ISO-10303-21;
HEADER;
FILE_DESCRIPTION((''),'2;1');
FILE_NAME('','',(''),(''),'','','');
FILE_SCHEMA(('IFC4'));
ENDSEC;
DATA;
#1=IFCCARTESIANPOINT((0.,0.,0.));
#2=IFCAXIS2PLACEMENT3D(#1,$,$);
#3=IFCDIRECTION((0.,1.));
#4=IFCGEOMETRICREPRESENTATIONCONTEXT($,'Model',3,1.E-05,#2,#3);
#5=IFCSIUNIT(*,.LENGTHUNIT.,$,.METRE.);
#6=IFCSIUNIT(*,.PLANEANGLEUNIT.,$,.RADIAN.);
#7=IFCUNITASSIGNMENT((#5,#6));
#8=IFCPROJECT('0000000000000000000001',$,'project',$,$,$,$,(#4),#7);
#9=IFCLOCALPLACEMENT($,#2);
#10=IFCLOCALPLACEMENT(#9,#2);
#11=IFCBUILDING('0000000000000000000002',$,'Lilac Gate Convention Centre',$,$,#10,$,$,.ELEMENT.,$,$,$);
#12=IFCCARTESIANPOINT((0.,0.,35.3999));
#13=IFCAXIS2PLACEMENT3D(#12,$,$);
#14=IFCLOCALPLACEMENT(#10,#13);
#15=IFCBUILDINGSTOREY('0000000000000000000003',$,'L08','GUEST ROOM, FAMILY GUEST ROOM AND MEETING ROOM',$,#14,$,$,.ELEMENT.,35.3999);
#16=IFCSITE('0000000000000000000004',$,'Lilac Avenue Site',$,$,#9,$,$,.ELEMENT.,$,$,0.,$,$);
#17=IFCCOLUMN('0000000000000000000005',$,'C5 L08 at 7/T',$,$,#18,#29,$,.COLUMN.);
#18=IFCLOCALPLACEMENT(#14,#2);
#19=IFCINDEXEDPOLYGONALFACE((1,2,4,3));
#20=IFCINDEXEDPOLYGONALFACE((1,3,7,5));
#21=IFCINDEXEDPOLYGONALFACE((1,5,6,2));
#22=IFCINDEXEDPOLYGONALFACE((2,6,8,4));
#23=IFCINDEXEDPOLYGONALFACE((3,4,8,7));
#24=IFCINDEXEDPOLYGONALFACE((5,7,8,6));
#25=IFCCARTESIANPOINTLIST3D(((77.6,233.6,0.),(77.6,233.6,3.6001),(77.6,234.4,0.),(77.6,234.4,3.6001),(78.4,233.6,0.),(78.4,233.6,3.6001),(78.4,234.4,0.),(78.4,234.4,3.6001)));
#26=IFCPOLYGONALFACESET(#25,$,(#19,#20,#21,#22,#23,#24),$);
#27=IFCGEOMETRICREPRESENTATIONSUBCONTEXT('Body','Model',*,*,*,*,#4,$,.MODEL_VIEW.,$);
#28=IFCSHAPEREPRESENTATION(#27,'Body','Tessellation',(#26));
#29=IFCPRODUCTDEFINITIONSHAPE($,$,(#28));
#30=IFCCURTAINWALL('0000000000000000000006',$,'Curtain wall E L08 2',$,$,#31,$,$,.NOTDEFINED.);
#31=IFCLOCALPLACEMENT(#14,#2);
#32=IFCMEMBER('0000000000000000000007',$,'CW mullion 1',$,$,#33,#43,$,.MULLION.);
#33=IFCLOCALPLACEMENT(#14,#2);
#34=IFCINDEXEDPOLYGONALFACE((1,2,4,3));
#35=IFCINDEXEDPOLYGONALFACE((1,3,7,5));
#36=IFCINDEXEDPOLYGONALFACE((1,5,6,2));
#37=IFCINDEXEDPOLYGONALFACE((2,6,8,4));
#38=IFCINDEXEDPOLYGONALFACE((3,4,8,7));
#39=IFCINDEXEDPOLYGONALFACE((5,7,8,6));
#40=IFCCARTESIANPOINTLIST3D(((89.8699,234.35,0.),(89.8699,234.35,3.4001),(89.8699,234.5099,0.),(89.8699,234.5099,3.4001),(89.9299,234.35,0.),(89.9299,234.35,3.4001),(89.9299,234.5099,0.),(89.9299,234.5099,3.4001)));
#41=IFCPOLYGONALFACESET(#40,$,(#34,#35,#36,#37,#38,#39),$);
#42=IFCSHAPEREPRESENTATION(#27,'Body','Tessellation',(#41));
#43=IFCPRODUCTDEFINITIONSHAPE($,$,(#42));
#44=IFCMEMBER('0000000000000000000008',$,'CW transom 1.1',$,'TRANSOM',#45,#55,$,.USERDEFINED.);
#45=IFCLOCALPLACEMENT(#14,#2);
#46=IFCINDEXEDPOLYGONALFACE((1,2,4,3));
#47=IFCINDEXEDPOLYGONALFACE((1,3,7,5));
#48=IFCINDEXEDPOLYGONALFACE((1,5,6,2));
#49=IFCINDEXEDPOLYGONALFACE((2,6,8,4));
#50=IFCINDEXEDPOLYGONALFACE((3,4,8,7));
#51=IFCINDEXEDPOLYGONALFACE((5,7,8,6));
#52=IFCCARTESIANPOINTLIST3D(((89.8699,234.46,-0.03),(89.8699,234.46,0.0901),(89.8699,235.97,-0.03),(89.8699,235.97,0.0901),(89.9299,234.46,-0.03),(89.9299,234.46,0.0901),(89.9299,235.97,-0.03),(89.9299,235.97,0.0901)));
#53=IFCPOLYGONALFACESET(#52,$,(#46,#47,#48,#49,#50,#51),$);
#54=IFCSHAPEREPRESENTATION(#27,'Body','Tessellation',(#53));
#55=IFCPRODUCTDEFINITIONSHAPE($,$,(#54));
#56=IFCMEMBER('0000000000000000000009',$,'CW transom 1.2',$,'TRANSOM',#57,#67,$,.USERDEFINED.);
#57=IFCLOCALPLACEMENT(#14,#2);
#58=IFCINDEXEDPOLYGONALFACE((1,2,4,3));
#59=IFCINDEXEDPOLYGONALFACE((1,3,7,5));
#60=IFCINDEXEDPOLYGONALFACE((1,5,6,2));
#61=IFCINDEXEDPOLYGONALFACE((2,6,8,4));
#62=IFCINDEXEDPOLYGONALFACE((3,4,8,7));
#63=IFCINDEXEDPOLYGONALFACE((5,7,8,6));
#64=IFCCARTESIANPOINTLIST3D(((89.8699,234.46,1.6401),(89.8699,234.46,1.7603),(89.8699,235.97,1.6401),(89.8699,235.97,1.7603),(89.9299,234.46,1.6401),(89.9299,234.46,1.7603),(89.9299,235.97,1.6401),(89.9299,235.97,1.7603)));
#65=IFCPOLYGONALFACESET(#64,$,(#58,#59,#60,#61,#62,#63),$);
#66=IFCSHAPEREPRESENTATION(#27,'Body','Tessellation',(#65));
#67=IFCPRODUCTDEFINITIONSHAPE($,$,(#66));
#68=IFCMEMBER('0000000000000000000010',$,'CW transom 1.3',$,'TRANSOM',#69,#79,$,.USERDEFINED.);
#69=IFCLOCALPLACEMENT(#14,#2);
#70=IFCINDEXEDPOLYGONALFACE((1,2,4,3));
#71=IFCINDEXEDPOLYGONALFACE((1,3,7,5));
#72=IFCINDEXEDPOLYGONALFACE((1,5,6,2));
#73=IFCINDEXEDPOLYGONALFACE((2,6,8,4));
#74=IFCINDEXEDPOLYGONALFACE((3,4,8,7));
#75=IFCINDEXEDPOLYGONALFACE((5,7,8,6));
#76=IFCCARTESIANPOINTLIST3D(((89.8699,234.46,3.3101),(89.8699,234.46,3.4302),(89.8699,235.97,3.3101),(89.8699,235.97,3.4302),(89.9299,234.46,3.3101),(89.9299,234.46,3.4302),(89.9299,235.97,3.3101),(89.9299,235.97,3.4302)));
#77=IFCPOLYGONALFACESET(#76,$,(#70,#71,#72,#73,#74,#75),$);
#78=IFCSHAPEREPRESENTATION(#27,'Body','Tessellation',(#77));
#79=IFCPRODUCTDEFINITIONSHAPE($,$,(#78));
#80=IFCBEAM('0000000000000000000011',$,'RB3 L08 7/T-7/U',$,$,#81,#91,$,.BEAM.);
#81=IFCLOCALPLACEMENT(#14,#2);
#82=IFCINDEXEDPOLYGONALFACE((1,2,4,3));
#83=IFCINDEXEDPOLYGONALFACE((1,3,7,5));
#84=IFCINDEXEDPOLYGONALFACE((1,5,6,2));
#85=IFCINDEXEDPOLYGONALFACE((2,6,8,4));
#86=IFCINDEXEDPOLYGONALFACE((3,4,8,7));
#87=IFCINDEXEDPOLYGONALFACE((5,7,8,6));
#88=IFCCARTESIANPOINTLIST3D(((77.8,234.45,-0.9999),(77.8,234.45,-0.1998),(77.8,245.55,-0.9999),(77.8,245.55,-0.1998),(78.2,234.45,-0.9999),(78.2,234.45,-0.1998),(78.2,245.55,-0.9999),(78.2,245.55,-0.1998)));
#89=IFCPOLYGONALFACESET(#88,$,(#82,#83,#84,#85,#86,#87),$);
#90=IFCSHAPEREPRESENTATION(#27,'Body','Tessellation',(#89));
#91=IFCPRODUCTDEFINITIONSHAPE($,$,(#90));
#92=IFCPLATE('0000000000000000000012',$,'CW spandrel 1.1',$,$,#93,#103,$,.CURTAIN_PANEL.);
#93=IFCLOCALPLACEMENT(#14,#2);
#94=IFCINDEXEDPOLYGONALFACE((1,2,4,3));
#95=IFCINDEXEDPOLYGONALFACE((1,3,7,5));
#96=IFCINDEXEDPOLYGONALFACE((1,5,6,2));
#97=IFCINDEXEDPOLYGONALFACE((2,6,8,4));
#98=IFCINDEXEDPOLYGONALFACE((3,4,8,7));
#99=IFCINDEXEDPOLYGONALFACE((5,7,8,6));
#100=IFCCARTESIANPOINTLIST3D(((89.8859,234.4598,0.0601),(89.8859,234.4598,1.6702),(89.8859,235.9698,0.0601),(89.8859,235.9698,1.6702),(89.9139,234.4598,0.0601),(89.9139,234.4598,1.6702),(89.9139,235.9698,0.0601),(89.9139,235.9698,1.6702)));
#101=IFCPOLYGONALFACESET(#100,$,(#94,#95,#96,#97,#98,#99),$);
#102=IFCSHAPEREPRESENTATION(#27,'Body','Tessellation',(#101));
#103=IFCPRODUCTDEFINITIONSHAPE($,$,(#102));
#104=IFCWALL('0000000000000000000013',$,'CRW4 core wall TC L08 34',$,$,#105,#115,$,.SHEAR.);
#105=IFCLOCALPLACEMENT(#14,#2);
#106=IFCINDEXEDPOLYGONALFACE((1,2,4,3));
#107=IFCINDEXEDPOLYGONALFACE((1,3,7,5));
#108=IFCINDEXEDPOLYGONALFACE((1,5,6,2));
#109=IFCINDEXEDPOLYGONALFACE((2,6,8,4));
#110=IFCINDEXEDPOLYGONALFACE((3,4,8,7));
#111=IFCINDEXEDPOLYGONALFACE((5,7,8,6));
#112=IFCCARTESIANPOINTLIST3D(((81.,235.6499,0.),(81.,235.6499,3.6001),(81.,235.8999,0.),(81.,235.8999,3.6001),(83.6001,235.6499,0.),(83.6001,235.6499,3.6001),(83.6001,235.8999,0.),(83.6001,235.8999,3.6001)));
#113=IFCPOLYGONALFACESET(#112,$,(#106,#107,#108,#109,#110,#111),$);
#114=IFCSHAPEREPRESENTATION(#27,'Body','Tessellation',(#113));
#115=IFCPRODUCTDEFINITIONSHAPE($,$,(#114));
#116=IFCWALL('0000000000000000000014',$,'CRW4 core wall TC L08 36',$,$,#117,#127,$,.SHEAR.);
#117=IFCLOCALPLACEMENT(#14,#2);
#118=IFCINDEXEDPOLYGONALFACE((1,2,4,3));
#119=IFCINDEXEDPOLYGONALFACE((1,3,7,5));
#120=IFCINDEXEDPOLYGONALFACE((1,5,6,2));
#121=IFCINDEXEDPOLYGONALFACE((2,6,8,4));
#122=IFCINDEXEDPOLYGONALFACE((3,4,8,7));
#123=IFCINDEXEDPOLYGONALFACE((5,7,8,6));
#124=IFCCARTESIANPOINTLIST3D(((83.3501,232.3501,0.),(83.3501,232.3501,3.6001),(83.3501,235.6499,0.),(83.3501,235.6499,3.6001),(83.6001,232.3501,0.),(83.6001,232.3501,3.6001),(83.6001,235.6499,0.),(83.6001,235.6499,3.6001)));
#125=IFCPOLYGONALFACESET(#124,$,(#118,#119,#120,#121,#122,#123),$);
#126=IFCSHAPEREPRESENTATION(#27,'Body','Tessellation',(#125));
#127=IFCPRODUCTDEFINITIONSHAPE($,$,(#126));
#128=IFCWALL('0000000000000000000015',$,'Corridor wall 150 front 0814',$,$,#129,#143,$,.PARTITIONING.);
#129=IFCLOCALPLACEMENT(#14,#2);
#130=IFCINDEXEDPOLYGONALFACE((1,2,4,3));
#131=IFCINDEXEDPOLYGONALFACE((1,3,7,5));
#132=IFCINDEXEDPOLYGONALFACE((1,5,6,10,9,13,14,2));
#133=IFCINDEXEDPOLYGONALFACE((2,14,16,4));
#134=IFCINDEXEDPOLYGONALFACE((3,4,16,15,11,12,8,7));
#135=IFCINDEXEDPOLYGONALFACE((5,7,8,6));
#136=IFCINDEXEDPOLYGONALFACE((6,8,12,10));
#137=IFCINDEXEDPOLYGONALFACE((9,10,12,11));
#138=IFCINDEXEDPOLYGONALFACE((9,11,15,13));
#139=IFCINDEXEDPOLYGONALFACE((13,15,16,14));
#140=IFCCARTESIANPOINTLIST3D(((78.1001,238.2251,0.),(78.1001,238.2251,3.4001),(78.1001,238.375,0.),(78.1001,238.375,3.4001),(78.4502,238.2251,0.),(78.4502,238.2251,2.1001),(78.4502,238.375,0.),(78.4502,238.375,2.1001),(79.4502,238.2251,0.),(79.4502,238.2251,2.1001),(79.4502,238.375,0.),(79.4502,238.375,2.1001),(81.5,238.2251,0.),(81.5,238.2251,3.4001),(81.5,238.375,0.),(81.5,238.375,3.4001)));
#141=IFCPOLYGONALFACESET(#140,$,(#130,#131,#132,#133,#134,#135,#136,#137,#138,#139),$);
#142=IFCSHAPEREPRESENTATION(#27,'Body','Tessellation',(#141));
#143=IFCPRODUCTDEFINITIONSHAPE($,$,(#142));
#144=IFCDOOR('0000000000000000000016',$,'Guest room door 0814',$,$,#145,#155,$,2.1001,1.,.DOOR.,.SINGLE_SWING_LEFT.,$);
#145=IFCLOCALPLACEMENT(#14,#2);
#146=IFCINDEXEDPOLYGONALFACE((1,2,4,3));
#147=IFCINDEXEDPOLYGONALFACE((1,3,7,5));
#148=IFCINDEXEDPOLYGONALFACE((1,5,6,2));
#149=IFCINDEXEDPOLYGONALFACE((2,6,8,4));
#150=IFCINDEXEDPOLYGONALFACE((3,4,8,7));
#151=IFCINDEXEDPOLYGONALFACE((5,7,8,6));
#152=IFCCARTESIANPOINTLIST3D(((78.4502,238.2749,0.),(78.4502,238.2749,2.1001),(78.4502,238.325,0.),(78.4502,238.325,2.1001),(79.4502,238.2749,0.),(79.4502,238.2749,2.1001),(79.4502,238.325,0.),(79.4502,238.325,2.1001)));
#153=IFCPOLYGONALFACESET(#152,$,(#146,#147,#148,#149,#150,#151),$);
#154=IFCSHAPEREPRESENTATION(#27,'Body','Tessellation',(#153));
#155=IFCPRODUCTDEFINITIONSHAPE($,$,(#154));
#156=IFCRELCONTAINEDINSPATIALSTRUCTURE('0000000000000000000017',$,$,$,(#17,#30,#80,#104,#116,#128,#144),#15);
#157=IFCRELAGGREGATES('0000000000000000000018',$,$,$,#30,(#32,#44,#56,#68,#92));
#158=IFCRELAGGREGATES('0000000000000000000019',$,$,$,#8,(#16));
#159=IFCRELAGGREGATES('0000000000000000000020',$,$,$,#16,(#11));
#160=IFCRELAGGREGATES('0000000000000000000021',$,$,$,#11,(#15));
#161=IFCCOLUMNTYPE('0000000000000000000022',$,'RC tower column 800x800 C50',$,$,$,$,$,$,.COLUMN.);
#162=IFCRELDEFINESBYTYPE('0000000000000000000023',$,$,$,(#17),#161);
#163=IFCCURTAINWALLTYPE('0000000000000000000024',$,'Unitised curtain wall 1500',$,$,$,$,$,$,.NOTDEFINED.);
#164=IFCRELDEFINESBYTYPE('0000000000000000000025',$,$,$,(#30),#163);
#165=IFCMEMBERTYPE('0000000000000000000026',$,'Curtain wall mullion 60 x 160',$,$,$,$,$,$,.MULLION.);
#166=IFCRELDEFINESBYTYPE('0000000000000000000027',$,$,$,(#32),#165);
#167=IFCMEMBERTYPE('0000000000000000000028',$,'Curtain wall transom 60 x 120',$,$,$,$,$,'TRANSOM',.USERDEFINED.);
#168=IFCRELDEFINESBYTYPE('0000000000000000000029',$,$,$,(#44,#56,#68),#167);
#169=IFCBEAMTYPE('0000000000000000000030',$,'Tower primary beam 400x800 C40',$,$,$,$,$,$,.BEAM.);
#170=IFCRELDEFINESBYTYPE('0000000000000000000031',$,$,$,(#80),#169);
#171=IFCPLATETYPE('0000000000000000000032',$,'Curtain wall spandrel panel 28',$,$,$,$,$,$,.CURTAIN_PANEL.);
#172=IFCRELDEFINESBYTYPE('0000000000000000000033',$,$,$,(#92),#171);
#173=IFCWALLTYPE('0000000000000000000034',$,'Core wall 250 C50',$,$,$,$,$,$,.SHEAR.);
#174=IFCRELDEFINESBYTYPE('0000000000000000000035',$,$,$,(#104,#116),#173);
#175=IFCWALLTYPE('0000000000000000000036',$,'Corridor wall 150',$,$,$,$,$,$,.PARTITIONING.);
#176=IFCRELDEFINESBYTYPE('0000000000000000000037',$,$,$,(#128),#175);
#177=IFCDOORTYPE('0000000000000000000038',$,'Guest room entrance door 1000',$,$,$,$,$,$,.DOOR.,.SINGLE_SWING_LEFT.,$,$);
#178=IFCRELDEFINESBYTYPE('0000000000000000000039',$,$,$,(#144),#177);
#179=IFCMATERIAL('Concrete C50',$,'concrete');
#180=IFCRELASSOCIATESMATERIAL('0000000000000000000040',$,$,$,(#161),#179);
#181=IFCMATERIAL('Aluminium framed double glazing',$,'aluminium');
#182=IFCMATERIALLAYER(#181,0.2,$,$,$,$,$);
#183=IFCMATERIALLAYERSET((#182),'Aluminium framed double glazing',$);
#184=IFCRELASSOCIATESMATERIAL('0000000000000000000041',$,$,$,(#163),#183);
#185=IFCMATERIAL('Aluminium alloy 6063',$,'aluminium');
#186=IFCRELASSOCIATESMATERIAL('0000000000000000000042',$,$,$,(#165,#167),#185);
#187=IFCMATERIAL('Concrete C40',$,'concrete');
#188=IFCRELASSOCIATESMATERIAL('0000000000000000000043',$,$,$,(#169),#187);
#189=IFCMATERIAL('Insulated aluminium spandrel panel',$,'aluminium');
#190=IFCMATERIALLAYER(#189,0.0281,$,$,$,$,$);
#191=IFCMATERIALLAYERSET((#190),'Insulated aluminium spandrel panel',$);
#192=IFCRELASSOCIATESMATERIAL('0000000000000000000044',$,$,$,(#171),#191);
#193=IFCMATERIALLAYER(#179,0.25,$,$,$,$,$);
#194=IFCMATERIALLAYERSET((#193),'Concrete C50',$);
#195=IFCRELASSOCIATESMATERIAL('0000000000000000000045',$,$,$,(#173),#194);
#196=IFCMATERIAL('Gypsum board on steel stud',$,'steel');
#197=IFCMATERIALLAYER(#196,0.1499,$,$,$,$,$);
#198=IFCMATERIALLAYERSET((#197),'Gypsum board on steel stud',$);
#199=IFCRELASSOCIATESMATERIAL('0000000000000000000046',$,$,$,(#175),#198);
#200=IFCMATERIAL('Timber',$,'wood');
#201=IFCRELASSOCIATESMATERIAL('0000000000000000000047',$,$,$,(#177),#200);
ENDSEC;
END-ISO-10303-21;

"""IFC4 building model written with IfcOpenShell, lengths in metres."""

from ifc_helpers import new_model, si_unit, direction, frame, frame_2d, origin, origin_2d, place, context, subcontext, project, spatial, rectangle, extrude, material, layer, layer_set, material_profile, profile_set, type_object, element, fill, aggregate, save


model = new_model("IFC4")

# Units and contexts
model_context = context("Model", 3, precision=1e-05, world=origin(), true_north=direction((0.0, 1.0)))
body_context = subcontext(model_context, "Body", "Model", "MODEL_VIEW")
ifc_project = project(units=[si_unit("LENGTHUNIT", "METRE"), si_unit("PLANEANGLEUNIT", "RADIAN")], contexts=[model_context])

# Site, building, storey
site_placement = place(None, origin())
site = spatial("IfcSite", under=ifc_project, at=site_placement, Name="Lilac Avenue Site", CompositionType="ELEMENT", RefElevation=0.0)
building_placement = place(site_placement, origin())
building = spatial("IfcBuilding", under=site, at=building_placement, Name="Lilac Gate Convention Centre", CompositionType="ELEMENT")
storey_placement = place(building_placement, frame((0.0, 0.0, 35.3999)))
storey = spatial("IfcBuildingStorey", under=building, at=storey_placement, Name="L08", Description="GUEST ROOM, FAMILY GUEST ROOM AND MEETING ROOM", CompositionType="ELEMENT", Elevation=35.3999)

# Column
ifc_material_1 = material(Name="Concrete C50", Category="concrete")
ifc_material_profile_1 = material_profile(ifc_material_1, rectangle(XDim=0.8, YDim=0.8, at=origin_2d()), Name="RC 800x800")
ifc_profile_set_1 = profile_set([ifc_material_profile_1], Name="Concrete C50")
column_type = type_object("IfcColumnType", Name="RC tower column 800x800 C50", PredefinedType="COLUMN", material=ifc_profile_set_1)
column_placement = place(storey_placement, frame((78.0, 234.0, 0.0), z_axis=(0.0, 0.0, 1.0), x_axis=(1.0, 0.0, 0.0)))
element("IfcColumn", 1, at=column_placement, inside=storey, type_object=column_type, Name="C5 L08 at 7/T", PredefinedType="COLUMN", context=body_context, shape_type="SweptSolid", body=[
    extrude(rectangle(XDim=0.8, YDim=0.8, at=origin_2d()), origin(), (0.0, 0.0, 1.0), 3.6001),
])

# Curtain wall, members
ifc_material_2 = material(Name="Aluminium framed double glazing", Category="aluminium")
ifc_layer_1 = layer(ifc_material_2, 0.2)
ifc_layer_set_1 = layer_set([ifc_layer_1], Name="Aluminium framed double glazing")
curtain_wall_type = type_object("IfcCurtainWallType", Name="Unitised curtain wall 1500", PredefinedType="NOTDEFINED", material=ifc_layer_set_1)
curtain_wall_placement = place(storey_placement, origin())
curtain_wall = element("IfcCurtainWall", 2, at=curtain_wall_placement, inside=storey, type_object=curtain_wall_type, Name="Curtain wall E L08 2", PredefinedType="NOTDEFINED")
ifc_material_3 = material(Name="Aluminium alloy 6063", Category="aluminium")
ifc_material_profile_2 = material_profile(ifc_material_3, rectangle(XDim=0.0601, YDim=0.1599, at=origin_2d()), Name="Curtain wall mullion 60 x 160")
ifc_profile_set_2 = profile_set([ifc_material_profile_2], Name="Aluminium alloy 6063")
member_type_1 = type_object("IfcMemberType", Name="Curtain wall mullion 60 x 160", PredefinedType="MULLION", material=ifc_profile_set_2)
member_1_placement = place(storey_placement, frame((89.8999, 234.4299, 0.0), z_axis=(0.0, 0.0, 1.0), x_axis=(-1.0, 0.0, 0.0)))
member_1 = element("IfcMember", 3, at=member_1_placement, type_object=member_type_1, Name="CW mullion 1", PredefinedType="MULLION", context=body_context, shape_type="SweptSolid", body=[
    extrude(rectangle(XDim=0.0601, YDim=0.1599, at=origin_2d()), origin(), (0.0, 0.0, 1.0), 3.4001),
])
ifc_material_profile_3 = material_profile(ifc_material_3, rectangle(XDim=0.0601, YDim=0.1201, at=origin_2d()), Name="Curtain wall transom 60 x 120")
ifc_profile_set_3 = profile_set([ifc_material_profile_3], Name="Aluminium alloy 6063")
member_type_2 = type_object("IfcMemberType", Name="Curtain wall transom 60 x 120", ElementType="TRANSOM", PredefinedType="USERDEFINED", material=ifc_profile_set_3)
member_2_placement = place(storey_placement, frame((89.8999, 234.46, 0.03), z_axis=(0.0, 1.0, 0.0), x_axis=(-1.0, 0.0, 0.0)))
member_2 = element("IfcMember", 4, at=member_2_placement, type_object=member_type_2, Name="CW transom 1.1", ObjectType="TRANSOM", PredefinedType="USERDEFINED", context=body_context, shape_type="SweptSolid", body=[
    extrude(rectangle(XDim=0.0601, YDim=0.1201, at=origin_2d()), origin(), (0.0, 0.0, 1.0), 1.51),
])
member_3_placement = place(storey_placement, frame((89.8999, 234.46, 1.7002), z_axis=(0.0, 1.0, 0.0), x_axis=(-1.0, 0.0, 0.0)))
member_3 = element("IfcMember", 5, at=member_3_placement, type_object=member_type_2, Name="CW transom 1.2", ObjectType="TRANSOM", PredefinedType="USERDEFINED", context=body_context, shape_type="SweptSolid", body=[
    extrude(rectangle(XDim=0.0601, YDim=0.1201, at=origin_2d()), origin(), (0.0, 0.0, 1.0), 1.51),
])
member_4_placement = place(storey_placement, frame((89.8999, 234.46, 3.3701), z_axis=(0.0, 1.0, 0.0), x_axis=(-1.0, 0.0, 0.0)))
member_4 = element("IfcMember", 6, at=member_4_placement, type_object=member_type_2, Name="CW transom 1.3", ObjectType="TRANSOM", PredefinedType="USERDEFINED", context=body_context, shape_type="SweptSolid", body=[
    extrude(rectangle(XDim=0.0601, YDim=0.1201, at=origin_2d()), origin(), (0.0, 0.0, 1.0), 1.51),
])

# Beam
ifc_material_4 = material(Name="Concrete C40", Category="concrete")
ifc_material_profile_4 = material_profile(ifc_material_4, rectangle(XDim=0.3999, YDim=0.8, at=origin_2d()), Name="RC 400x800")
ifc_profile_set_4 = profile_set([ifc_material_profile_4], Name="Concrete C40")
beam_type = type_object("IfcBeamType", Name="Tower primary beam 400x800 C40", PredefinedType="BEAM", material=ifc_profile_set_4)
beam_placement = place(storey_placement, frame((78.0, 234.45, -0.5999), z_axis=(0.0, 1.0, 0.0), x_axis=(-1.0, 0.0, 0.0)))
element("IfcBeam", 7, at=beam_placement, inside=storey, type_object=beam_type, Name="RB3 L08 7/T-7/U", PredefinedType="BEAM", context=body_context, shape_type="SweptSolid", body=[
    extrude(rectangle(XDim=0.3999, YDim=0.8, at=origin_2d()), origin(), (0.0, 0.0, 1.0), 11.1001),
])

# Plate
ifc_material_5 = material(Name="Insulated aluminium spandrel panel", Category="aluminium")
ifc_layer_2 = layer(ifc_material_5, 0.0281)
ifc_layer_set_2 = layer_set([ifc_layer_2], Name="Insulated aluminium spandrel panel")
plate_type = type_object("IfcPlateType", Name="Curtain wall spandrel panel 28", PredefinedType="CURTAIN_PANEL", material=ifc_layer_set_2)
plate_placement = place(storey_placement, frame((89.8999, 235.2148, 0.0601), z_axis=(0.0, 0.0, 1.0), x_axis=(0.0, 1.0, 0.0)))
plate = element("IfcPlate", 8, at=plate_placement, type_object=plate_type, Name="CW spandrel 1.1", PredefinedType="CURTAIN_PANEL", context=body_context, shape_type="SweptSolid", body=[
    extrude(rectangle(XDim=1.51, YDim=0.0281, at=origin_2d()), origin(), (0.0, 0.0, 1.0), 1.6101),
])
aggregate(curtain_wall, [member_1, member_2, member_3, member_4, plate])

# Walls
ifc_layer_3 = layer(ifc_material_1, 0.25)
ifc_layer_set_3 = layer_set([ifc_layer_3], Name="Concrete C50")
wall_type_1 = type_object("IfcWallType", Name="Core wall 250 C50", PredefinedType="SHEAR", material=ifc_layer_set_3)
wall_1_placement = place(storey_placement, frame((81.0, 235.7749, 0.0), z_axis=(0.0, 0.0, 1.0), x_axis=(1.0, 0.0, 0.0)))
element("IfcWall", 9, at=wall_1_placement, inside=storey, type_object=wall_type_1, Name="CRW4 core wall TC L08 34", PredefinedType="SHEAR", context=body_context, shape_type="SweptSolid", body=[
    extrude(rectangle(XDim=2.6001, YDim=0.25, at=frame_2d((1.3, 0.0))), origin(), (0.0, 0.0, 1.0), 3.6001),
])
wall_2_placement = place(storey_placement, frame((83.4751, 232.3501, 0.0), z_axis=(0.0, 0.0, 1.0), x_axis=(0.0, 1.0, 0.0)))
element("IfcWall", 10, at=wall_2_placement, inside=storey, type_object=wall_type_1, Name="CRW4 core wall TC L08 36", PredefinedType="SHEAR", context=body_context, shape_type="SweptSolid", body=[
    extrude(rectangle(XDim=3.2998, YDim=0.25, at=frame_2d((1.6499, 0.0))), origin(), (0.0, 0.0, 1.0), 3.6001),
])

# Wall, opening, door
ifc_material_6 = material(Name="Gypsum board on steel stud", Category="steel")
ifc_layer_4 = layer(ifc_material_6, 0.1499)
ifc_layer_set_4 = layer_set([ifc_layer_4], Name="Gypsum board on steel stud")
wall_type_2 = type_object("IfcWallType", Name="Corridor wall 150", PredefinedType="PARTITIONING", material=ifc_layer_set_4)
wall_3_placement = place(storey_placement, frame((78.1001, 238.3, 0.0), z_axis=(0.0, 0.0, 1.0), x_axis=(1.0, 0.0, 0.0)))
wall_3 = element("IfcWall", 11, at=wall_3_placement, inside=storey, type_object=wall_type_2, Name="Corridor wall 150 front 0814", PredefinedType="PARTITIONING", context=body_context, shape_type="SweptSolid", body=[
    extrude(rectangle(XDim=3.3999, YDim=0.1499, at=frame_2d((1.7, 0.0))), origin(), (0.0, 0.0, 1.0), 3.4001),
])
opening_1_placement = place(wall_3_placement, frame((0.3501, 0.0, 0.0)))
opening_1 = element("IfcOpeningElement", 12, at=opening_1_placement, cuts=wall_3, PredefinedType="OPENING", context=body_context, shape_type="SweptSolid", body=[
    extrude(rectangle(XDim=1.0, YDim=2.1001, at=frame_2d((0.5, 1.05))), frame((0.0, 0.085, 0.0), z_axis=(0.0, -1.0, 0.0), x_axis=(1.0, 0.0, 0.0)), (0.0, 0.0, 1.0), 0.1699),
])
ifc_material_7 = material(Name="Timber", Category="wood")
door_type_1 = type_object("IfcDoorType", Name="Guest room entrance door 1000", OperationType="SINGLE_SWING_LEFT", PredefinedType="DOOR", material=ifc_material_7)
door_1_placement = place(opening_1_placement, origin())
door_1 = element("IfcDoor", 13, at=door_1_placement, inside=storey, type_object=door_type_1, Name="Guest room door 0814", OperationType="SINGLE_SWING_LEFT", OverallHeight=2.1001, OverallWidth=1.0, PredefinedType="DOOR", context=body_context, shape_type="SweptSolid", body=[
    extrude(rectangle(XDim=1.0, YDim=2.1001, at=frame_2d((0.5, 1.05))), frame((0.0, 0.0249, 0.0), z_axis=(0.0, -1.0, 0.0), x_axis=(1.0, 0.0, 0.0)), (0.0, 0.0, 1.0), 0.05),
])
fill(opening_1, door_1)

save(model, "model.ifc")
